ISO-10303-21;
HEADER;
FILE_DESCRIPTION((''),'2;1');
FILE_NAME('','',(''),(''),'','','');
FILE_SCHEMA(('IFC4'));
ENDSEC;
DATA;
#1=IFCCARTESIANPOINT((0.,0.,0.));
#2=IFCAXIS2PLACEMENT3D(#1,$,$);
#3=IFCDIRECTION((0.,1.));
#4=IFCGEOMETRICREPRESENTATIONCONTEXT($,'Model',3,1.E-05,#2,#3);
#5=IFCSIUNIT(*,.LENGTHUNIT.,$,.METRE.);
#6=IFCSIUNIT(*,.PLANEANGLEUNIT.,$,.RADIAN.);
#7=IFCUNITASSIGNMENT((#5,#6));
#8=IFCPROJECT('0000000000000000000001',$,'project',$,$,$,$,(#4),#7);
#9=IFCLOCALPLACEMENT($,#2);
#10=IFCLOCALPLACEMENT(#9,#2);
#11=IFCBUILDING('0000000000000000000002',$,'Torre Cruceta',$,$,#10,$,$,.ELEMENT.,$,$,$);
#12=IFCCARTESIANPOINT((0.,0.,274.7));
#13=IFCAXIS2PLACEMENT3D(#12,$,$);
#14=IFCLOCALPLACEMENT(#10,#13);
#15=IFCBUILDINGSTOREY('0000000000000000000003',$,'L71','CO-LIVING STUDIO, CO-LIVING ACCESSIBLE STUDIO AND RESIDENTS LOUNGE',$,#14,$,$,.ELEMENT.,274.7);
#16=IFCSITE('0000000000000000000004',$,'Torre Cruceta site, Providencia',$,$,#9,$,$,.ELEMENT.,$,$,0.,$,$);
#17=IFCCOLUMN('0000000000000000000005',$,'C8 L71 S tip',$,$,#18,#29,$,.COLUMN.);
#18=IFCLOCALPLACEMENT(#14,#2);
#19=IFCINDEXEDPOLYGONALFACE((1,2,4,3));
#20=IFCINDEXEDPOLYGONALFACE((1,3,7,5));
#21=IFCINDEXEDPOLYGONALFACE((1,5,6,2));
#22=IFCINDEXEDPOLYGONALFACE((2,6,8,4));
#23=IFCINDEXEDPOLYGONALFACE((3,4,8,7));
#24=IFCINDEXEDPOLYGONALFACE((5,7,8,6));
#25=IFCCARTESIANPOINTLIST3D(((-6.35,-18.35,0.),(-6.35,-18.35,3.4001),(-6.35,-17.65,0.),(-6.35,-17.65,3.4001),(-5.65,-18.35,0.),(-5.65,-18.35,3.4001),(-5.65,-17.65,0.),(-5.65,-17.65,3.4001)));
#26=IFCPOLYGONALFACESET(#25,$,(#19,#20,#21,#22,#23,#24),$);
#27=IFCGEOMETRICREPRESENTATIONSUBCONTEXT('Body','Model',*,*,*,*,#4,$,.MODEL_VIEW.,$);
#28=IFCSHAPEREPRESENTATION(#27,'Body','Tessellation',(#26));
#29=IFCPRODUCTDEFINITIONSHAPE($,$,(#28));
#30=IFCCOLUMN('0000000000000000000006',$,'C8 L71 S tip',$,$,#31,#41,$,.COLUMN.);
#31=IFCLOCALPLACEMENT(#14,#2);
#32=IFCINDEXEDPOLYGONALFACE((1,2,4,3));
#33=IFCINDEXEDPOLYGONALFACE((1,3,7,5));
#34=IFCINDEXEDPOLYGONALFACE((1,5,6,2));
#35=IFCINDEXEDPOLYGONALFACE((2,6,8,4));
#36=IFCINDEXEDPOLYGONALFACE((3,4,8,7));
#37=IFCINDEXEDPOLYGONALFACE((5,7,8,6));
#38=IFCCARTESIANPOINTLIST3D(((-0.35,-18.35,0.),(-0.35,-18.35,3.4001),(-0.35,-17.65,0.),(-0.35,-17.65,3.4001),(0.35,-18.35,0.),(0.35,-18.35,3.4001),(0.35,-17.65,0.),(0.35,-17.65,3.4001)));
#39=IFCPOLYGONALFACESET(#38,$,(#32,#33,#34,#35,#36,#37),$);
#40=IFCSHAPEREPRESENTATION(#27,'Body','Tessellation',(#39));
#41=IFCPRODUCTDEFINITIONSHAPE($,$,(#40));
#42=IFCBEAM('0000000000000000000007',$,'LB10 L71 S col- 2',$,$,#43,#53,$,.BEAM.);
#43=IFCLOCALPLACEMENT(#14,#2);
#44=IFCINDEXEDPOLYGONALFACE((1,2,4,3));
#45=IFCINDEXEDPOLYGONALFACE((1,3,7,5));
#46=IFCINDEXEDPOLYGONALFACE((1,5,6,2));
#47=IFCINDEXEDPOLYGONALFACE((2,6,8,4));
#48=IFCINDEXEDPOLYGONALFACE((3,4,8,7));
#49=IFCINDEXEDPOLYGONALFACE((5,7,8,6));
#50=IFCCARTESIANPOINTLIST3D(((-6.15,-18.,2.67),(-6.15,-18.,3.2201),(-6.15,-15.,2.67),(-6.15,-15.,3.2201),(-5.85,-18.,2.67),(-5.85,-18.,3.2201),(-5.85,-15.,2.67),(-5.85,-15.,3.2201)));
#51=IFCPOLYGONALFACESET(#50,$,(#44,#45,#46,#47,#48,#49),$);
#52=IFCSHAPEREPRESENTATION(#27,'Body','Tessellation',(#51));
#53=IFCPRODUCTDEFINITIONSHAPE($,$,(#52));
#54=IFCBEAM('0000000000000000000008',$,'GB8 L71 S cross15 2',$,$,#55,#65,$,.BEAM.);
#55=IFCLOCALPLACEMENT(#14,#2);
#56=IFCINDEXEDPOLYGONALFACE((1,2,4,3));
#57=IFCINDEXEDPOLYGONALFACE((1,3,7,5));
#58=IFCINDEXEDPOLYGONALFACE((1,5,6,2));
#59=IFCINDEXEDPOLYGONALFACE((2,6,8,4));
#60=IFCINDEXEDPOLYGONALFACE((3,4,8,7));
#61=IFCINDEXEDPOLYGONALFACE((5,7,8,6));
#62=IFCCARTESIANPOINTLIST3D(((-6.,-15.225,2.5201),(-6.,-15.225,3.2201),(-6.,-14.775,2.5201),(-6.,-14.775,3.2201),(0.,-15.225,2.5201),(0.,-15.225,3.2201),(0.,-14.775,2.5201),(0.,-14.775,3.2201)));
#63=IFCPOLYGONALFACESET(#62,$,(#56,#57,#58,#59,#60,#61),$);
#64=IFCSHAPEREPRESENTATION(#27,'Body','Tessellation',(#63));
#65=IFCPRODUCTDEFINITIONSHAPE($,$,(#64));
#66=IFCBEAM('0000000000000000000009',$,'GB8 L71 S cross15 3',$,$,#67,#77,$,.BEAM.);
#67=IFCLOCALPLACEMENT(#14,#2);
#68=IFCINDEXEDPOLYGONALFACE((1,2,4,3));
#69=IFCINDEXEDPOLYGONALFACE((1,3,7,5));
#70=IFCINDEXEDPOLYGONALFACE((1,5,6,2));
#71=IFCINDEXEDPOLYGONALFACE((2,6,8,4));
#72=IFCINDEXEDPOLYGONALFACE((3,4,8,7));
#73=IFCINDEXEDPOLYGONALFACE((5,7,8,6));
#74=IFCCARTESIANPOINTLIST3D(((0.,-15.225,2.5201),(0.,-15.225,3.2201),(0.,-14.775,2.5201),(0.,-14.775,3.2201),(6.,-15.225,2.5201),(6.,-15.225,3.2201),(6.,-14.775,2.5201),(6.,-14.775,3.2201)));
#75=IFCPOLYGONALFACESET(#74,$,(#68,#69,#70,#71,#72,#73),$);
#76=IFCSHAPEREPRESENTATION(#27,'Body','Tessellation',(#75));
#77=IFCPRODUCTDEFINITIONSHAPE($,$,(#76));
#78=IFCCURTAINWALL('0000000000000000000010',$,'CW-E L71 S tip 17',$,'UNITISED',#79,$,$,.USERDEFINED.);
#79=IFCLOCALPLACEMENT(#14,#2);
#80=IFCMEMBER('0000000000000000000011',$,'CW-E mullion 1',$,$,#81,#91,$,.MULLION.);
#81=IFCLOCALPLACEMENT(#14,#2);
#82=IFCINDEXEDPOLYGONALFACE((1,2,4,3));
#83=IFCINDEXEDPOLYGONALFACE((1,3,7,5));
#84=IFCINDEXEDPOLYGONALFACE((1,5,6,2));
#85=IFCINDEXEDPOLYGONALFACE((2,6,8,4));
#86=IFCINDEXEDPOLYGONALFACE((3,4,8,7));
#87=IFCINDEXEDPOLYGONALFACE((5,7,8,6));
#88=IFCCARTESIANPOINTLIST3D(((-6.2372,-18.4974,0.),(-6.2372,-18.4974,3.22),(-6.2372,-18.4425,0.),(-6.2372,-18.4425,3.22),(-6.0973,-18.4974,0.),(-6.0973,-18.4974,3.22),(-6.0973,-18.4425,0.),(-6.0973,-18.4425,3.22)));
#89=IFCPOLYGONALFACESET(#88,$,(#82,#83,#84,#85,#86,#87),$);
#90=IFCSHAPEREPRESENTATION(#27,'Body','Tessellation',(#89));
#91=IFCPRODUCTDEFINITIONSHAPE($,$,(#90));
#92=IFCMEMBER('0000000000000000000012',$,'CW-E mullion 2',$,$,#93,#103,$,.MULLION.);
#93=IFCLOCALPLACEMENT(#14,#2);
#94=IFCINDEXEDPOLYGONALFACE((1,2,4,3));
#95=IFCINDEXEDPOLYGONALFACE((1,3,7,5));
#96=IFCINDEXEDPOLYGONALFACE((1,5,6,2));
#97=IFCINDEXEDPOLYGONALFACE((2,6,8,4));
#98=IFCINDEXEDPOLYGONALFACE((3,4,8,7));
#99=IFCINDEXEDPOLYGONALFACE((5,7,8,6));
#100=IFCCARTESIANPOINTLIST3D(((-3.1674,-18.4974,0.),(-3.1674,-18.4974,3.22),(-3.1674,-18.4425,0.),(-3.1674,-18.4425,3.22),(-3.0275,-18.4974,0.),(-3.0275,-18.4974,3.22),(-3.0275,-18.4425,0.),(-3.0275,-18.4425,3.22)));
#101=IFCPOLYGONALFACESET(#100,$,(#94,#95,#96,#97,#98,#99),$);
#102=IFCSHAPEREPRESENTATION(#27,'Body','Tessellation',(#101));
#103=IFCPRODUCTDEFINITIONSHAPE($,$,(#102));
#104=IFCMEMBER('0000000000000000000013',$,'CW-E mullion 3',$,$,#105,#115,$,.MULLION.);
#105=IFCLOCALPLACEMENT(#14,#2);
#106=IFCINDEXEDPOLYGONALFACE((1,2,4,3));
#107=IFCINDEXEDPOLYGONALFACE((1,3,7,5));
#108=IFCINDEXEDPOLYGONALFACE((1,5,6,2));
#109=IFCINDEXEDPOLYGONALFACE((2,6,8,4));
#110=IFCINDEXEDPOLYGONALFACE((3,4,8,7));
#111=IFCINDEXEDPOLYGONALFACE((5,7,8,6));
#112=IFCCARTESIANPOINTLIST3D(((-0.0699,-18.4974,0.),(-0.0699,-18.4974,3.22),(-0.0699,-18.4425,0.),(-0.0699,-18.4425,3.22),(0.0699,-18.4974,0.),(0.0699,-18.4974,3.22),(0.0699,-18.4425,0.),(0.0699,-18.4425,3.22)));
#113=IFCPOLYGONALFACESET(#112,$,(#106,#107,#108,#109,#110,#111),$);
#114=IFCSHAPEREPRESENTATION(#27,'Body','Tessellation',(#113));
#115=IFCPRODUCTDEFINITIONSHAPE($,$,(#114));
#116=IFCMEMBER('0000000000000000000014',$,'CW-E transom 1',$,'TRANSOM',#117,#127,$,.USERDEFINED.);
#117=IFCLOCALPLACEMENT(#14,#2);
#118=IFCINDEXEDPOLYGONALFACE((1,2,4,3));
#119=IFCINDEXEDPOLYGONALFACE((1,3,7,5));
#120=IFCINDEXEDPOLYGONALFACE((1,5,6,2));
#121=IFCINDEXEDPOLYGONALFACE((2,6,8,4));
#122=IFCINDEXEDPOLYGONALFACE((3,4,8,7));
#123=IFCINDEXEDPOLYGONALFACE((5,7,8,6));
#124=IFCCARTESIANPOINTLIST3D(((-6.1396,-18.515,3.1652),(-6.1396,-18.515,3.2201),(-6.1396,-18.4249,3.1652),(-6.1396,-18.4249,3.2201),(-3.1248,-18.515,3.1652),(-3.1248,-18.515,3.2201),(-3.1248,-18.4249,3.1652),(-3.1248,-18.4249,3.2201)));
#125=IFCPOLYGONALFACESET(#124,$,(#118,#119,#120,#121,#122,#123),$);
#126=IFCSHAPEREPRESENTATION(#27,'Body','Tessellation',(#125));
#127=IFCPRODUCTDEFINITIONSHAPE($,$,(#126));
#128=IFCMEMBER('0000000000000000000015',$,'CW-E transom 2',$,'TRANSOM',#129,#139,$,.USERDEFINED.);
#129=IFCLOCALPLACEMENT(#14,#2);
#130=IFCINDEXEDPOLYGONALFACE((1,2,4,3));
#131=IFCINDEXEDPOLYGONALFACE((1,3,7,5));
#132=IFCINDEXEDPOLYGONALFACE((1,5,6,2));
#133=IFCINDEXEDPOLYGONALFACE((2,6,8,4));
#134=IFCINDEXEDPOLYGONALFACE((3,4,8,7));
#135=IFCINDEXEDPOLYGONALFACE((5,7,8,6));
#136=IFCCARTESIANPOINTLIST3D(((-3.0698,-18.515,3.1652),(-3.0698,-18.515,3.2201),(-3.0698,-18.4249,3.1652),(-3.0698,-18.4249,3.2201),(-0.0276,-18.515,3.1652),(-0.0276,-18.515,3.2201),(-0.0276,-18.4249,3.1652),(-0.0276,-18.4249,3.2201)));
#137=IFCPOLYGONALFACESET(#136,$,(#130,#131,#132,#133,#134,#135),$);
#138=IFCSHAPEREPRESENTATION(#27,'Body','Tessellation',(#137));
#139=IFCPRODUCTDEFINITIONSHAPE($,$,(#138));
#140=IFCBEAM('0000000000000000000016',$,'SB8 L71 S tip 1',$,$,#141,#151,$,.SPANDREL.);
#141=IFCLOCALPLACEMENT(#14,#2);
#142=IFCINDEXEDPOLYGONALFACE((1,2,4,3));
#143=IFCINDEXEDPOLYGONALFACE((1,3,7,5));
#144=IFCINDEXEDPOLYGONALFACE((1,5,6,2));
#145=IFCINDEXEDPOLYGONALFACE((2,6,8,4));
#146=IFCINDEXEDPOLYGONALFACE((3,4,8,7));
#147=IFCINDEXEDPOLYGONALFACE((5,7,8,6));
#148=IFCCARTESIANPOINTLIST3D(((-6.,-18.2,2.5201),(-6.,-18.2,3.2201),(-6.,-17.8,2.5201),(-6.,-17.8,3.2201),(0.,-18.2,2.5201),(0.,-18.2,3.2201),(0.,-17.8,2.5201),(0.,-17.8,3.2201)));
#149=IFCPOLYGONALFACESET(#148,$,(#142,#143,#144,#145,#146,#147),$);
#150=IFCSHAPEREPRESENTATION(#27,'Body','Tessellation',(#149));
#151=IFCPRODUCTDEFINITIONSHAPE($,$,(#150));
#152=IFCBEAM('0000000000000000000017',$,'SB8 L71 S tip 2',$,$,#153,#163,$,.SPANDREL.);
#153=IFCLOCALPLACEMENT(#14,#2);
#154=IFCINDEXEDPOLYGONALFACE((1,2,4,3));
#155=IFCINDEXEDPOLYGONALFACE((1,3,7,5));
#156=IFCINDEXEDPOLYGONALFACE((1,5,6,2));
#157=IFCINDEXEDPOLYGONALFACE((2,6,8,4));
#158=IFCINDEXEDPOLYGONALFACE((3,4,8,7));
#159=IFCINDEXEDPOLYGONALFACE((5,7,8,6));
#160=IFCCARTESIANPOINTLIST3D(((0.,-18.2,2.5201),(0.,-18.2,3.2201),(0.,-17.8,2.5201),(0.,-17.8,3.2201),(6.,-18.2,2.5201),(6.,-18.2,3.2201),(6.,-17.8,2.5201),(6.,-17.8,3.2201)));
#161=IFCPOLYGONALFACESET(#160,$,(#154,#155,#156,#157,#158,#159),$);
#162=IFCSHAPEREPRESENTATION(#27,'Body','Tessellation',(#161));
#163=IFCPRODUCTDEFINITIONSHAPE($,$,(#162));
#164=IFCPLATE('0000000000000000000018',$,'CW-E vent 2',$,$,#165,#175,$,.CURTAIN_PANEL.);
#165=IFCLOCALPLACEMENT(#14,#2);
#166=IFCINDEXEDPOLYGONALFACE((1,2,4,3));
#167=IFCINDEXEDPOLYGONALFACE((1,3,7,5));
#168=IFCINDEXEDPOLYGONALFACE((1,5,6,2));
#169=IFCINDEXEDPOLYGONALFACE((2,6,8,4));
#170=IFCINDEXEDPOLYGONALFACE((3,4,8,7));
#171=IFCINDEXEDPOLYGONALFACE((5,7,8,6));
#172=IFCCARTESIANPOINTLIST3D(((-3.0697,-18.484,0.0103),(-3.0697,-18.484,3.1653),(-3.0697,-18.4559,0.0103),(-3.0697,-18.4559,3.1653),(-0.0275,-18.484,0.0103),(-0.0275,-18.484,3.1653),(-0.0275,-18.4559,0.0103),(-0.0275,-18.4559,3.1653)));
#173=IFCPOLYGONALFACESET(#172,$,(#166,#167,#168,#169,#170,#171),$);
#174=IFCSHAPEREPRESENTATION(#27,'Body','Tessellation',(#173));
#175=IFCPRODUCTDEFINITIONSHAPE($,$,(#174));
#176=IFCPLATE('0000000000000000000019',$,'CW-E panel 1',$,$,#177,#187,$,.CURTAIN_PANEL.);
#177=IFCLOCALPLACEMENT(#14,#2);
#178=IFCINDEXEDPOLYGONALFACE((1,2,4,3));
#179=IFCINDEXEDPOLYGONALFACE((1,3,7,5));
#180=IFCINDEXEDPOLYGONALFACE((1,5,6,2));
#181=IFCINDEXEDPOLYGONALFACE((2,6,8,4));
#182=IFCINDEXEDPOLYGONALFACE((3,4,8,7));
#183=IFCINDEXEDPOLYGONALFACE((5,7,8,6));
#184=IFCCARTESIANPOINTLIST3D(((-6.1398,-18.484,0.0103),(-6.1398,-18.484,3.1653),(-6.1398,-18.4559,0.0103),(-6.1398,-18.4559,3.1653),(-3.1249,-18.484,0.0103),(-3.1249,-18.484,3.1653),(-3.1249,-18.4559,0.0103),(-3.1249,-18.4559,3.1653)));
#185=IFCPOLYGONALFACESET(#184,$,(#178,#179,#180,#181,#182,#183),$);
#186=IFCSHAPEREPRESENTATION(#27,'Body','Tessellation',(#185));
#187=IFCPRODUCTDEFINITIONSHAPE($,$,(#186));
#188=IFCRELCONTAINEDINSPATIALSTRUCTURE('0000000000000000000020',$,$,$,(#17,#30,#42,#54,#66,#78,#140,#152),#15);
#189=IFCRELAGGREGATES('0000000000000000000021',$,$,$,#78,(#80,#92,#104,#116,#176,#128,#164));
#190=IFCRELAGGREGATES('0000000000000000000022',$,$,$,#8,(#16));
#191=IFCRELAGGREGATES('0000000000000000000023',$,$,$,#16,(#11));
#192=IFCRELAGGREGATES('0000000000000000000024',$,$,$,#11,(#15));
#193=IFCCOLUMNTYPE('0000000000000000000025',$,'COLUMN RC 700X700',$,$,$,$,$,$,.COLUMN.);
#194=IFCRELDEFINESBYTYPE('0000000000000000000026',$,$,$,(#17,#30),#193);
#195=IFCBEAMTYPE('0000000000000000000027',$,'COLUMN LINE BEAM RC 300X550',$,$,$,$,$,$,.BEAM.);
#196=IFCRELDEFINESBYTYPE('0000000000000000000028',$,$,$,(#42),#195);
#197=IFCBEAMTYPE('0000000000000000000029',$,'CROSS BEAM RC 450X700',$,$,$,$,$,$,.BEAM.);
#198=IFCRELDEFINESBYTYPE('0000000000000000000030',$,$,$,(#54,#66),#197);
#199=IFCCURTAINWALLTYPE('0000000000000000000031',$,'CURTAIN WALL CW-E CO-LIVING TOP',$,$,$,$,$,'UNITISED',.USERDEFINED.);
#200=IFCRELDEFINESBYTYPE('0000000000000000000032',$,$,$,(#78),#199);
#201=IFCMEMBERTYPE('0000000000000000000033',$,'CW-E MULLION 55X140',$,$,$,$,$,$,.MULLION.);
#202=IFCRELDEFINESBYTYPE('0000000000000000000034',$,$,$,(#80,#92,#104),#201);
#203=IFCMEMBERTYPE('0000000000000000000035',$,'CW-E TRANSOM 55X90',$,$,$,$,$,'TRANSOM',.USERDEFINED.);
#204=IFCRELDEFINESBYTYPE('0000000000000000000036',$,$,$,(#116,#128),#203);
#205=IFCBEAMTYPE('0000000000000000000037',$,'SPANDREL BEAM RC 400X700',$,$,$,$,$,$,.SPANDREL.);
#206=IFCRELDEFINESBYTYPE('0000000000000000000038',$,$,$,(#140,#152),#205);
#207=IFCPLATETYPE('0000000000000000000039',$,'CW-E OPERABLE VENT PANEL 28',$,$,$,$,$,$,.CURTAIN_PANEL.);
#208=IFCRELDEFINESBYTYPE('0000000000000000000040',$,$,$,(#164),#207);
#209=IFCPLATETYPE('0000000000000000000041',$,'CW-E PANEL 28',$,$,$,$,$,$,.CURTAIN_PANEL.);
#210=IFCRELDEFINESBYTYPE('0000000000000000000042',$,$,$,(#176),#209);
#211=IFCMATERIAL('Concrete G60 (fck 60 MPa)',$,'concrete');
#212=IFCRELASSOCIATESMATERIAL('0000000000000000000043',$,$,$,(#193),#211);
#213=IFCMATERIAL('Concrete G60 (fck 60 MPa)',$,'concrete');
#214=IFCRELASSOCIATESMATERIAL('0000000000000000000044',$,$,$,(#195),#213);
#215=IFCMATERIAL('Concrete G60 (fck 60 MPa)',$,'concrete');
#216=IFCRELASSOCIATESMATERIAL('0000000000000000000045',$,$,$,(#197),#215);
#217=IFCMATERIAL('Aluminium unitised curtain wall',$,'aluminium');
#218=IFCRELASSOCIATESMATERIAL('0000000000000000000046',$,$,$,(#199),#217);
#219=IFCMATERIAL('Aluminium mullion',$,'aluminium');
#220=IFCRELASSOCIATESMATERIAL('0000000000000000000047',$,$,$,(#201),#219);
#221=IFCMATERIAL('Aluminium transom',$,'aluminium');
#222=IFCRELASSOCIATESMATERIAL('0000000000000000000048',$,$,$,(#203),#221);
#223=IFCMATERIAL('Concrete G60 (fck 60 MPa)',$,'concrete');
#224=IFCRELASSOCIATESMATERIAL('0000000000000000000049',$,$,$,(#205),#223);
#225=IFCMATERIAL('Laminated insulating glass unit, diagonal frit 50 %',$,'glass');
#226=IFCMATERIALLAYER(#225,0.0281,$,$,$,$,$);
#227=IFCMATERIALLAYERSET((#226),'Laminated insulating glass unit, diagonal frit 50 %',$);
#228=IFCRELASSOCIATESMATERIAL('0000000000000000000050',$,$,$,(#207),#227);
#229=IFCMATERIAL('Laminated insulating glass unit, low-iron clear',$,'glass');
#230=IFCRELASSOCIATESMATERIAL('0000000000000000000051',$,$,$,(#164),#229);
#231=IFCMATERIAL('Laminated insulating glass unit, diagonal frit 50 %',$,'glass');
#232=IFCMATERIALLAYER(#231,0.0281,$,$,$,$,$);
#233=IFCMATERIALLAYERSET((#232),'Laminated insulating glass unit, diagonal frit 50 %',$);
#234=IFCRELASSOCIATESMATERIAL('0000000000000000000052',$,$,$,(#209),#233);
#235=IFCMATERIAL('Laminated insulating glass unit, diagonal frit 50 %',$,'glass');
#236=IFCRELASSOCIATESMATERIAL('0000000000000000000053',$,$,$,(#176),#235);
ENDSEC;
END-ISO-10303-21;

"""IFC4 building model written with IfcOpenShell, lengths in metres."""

from ifc_helpers import new_model, si_unit, direction, frame, origin, origin_2d, place, context, subcontext, project, spatial, rectangle, extrude, material, layer, layer_set, material_profile, profile_set, type_object, element, aggregate, save


model = new_model("IFC4")

# Units and contexts
model_context = context("Model", 3, precision=1e-05, world=origin(), true_north=direction((0.0, 1.0)))
body_context = subcontext(model_context, "Body", "Model", "MODEL_VIEW")
ifc_project = project(units=[si_unit("LENGTHUNIT", "METRE"), si_unit("PLANEANGLEUNIT", "RADIAN")], contexts=[model_context])

# Site, building, storey
site_placement = place(None, origin())
site = spatial("IfcSite", under=ifc_project, at=site_placement, Name="Torre Cruceta site, Providencia", CompositionType="ELEMENT", RefElevation=0.0)
building_placement = place(site_placement, origin())
building = spatial("IfcBuilding", under=site, at=building_placement, Name="Torre Cruceta", CompositionType="ELEMENT")
storey_placement = place(building_placement, frame((0.0, 0.0, 274.7)))
storey = spatial("IfcBuildingStorey", under=building, at=storey_placement, Name="L71", Description="CO-LIVING STUDIO, CO-LIVING ACCESSIBLE STUDIO AND RESIDENTS LOUNGE", CompositionType="ELEMENT", Elevation=274.7)

# Columns
ifc_material_1 = material(Name="Concrete G60 (fck 60 MPa)", Category="concrete")
ifc_material_profile_1 = material_profile(ifc_material_1, rectangle(XDim=0.7, YDim=0.7, at=origin_2d()), Name="RC 700X700")
ifc_profile_set_1 = profile_set([ifc_material_profile_1], Name="Concrete G60 (fck 60 MPa)")
column_type = type_object("IfcColumnType", Name="COLUMN RC 700X700", PredefinedType="COLUMN", material=ifc_profile_set_1)
for number, where, z_axis, x_axis, name in (
    (1, (-6.0, -18.0, 0.0), (0.0, 0.0, 1.0), (1.0, 0.0, 0.0), "C8 L71 S tip"),
    (2, (0.0, -18.0, 0.0), (0.0, 0.0, 1.0), (1.0, 0.0, 0.0), "C8 L71 S tip"),
):
    element("IfcColumn", number, at=place(storey_placement, frame(where, z_axis=z_axis, x_axis=x_axis)), inside=storey, type_object=column_type, Name=name, PredefinedType="COLUMN", context=body_context, shape_type="SweptSolid", body=[
        extrude(rectangle(XDim=0.7, YDim=0.7, at=origin_2d()), origin(), (0.0, 0.0, 1.0), 3.4001),
    ])

# Beams
ifc_material_2 = material(Name="Concrete G60 (fck 60 MPa)", Category="concrete")
ifc_material_profile_2 = material_profile(ifc_material_2, rectangle(XDim=0.3, YDim=0.55, at=origin_2d()), Name="RC 300X550")
ifc_profile_set_2 = profile_set([ifc_material_profile_2], Name="Concrete G60 (fck 60 MPa)")
beam_type_1 = type_object("IfcBeamType", Name="COLUMN LINE BEAM RC 300X550", PredefinedType="BEAM", material=ifc_profile_set_2)
beam_placement = place(storey_placement, frame((-6.0, -15.0, 2.9451), z_axis=(0.0, -1.0, 0.0), x_axis=(1.0, 0.0, 0.0)))
element("IfcBeam", 3, at=beam_placement, inside=storey, type_object=beam_type_1, Name="LB10 L71 S col- 2", PredefinedType="BEAM", context=body_context, shape_type="SweptSolid", body=[
    extrude(rectangle(XDim=0.3, YDim=0.55, at=origin_2d()), origin(), (0.0, 0.0, 1.0), 3.0),
])
ifc_material_3 = material(Name="Concrete G60 (fck 60 MPa)", Category="concrete")
ifc_material_profile_3 = material_profile(ifc_material_3, rectangle(XDim=0.45, YDim=0.7, at=origin_2d()), Name="RC 450X700")
ifc_profile_set_3 = profile_set([ifc_material_profile_3], Name="Concrete G60 (fck 60 MPa)")
beam_type_2 = type_object("IfcBeamType", Name="CROSS BEAM RC 450X700", PredefinedType="BEAM", material=ifc_profile_set_3)
for number, where, z_axis, x_axis, name in (
    (4, (-6.0, -15.0, 2.8701), (1.0, 0.0, 0.0), (0.0, 1.0, 0.0), "GB8 L71 S cross15 2"),
    (5, (0.0, -15.0, 2.8701), (1.0, 0.0, 0.0), (0.0, 1.0, 0.0), "GB8 L71 S cross15 3"),
):
    element("IfcBeam", number, at=place(storey_placement, frame(where, z_axis=z_axis, x_axis=x_axis)), inside=storey, type_object=beam_type_2, Name=name, PredefinedType="BEAM", context=body_context, shape_type="SweptSolid", body=[
        extrude(rectangle(XDim=0.45, YDim=0.7, at=origin_2d()), origin(), (0.0, 0.0, 1.0), 6.0),
    ])

# Curtain wall, members
ifc_material_4 = material(Name="Aluminium unitised curtain wall", Category="aluminium")
curtain_wall_type = type_object("IfcCurtainWallType", Name="CURTAIN WALL CW-E CO-LIVING TOP", ElementType="UNITISED", PredefinedType="USERDEFINED", material=ifc_material_4)
curtain_wall_placement = place(storey_placement, origin())
curtain_wall = element("IfcCurtainWall", 6, at=curtain_wall_placement, inside=storey, type_object=curtain_wall_type, Name="CW-E L71 S tip 17", ObjectType="UNITISED", PredefinedType="USERDEFINED")
ifc_material_5 = material(Name="Aluminium mullion", Category="aluminium")
ifc_material_profile_4 = material_profile(ifc_material_5, rectangle(XDim=0.0549, YDim=0.1399, at=origin_2d()), Name="AL 55X140")
ifc_profile_set_4 = profile_set([ifc_material_profile_4], Name="Aluminium mullion")
member_type_1 = type_object("IfcMemberType", Name="CW-E MULLION 55X140", PredefinedType="MULLION", material=ifc_profile_set_4)
member_1_placement = place(storey_placement, frame((-6.1672, -18.47, 0.0), z_axis=(0.0, 0.0, 1.0), x_axis=(0.0, 1.0, 0.0)))
member_1 = element("IfcMember", 7, at=member_1_placement, type_object=member_type_1, Name="CW-E mullion 1", PredefinedType="MULLION", context=body_context, shape_type="SweptSolid", body=[
    extrude(rectangle(XDim=0.0549, YDim=0.1399, at=origin_2d()), origin(), (0.0, 0.0, 1.0), 3.22),
])
member_2_placement = place(storey_placement, frame((-3.0974, -18.47, 0.0), z_axis=(0.0, 0.0, 1.0), x_axis=(0.0, 1.0, 0.0)))
member_2 = element("IfcMember", 8, at=member_2_placement, type_object=member_type_1, Name="CW-E mullion 2", PredefinedType="MULLION", context=body_context, shape_type="SweptSolid", body=[
    extrude(rectangle(XDim=0.0549, YDim=0.1399, at=origin_2d()), origin(), (0.0, 0.0, 1.0), 3.22),
])
member_3_placement = place(storey_placement, frame((0.0, -18.47, 0.0), z_axis=(0.0, 0.0, 1.0), x_axis=(0.0, 1.0, 0.0)))
member_3 = element("IfcMember", 9, at=member_3_placement, type_object=member_type_1, Name="CW-E mullion 3", PredefinedType="MULLION", context=body_context, shape_type="SweptSolid", body=[
    extrude(rectangle(XDim=0.0549, YDim=0.1399, at=origin_2d()), origin(), (0.0, 0.0, 1.0), 3.22),
])
ifc_material_6 = material(Name="Aluminium transom", Category="aluminium")
ifc_material_profile_5 = material_profile(ifc_material_6, rectangle(XDim=0.0901, YDim=0.0549, at=origin_2d()), Name="AL 90X55")
ifc_profile_set_5 = profile_set([ifc_material_profile_5], Name="Aluminium transom")
member_type_2 = type_object("IfcMemberType", Name="CW-E TRANSOM 55X90", ElementType="TRANSOM", PredefinedType="USERDEFINED", material=ifc_profile_set_5)
member_4_placement = place(storey_placement, frame((-6.1396, -18.47, 3.1926), z_axis=(1.0, 0.0, 0.0), x_axis=(0.0, 1.0, 0.0)))
member_4 = element("IfcMember", 10, at=member_4_placement, type_object=member_type_2, Name="CW-E transom 1", ObjectType="TRANSOM", PredefinedType="USERDEFINED", context=body_context, shape_type="SweptSolid", body=[
    extrude(rectangle(XDim=0.0901, YDim=0.0549, at=origin_2d()), origin(), (0.0, 0.0, 1.0), 3.0149),
])
member_5_placement = place(storey_placement, frame((-3.0698, -18.47, 3.1926), z_axis=(1.0, 0.0, 0.0), x_axis=(0.0, 1.0, 0.0)))
member_5 = element("IfcMember", 11, at=member_5_placement, type_object=member_type_2, Name="CW-E transom 2", ObjectType="TRANSOM", PredefinedType="USERDEFINED", context=body_context, shape_type="SweptSolid", body=[
    extrude(rectangle(XDim=0.0901, YDim=0.0549, at=origin_2d()), origin(), (0.0, 0.0, 1.0), 3.0422),
])

# Beams
ifc_material_7 = material(Name="Concrete G60 (fck 60 MPa)", Category="concrete")
ifc_material_profile_6 = material_profile(ifc_material_7, rectangle(XDim=0.3999, YDim=0.7, at=origin_2d()), Name="RC 400X700")
ifc_profile_set_6 = profile_set([ifc_material_profile_6], Name="Concrete G60 (fck 60 MPa)")
beam_type_3 = type_object("IfcBeamType", Name="SPANDREL BEAM RC 400X700", PredefinedType="SPANDREL", material=ifc_profile_set_6)
for number, where, z_axis, x_axis, name in (
    (12, (-6.0, -18.0, 2.8701), (1.0, 0.0, 0.0), (0.0, 1.0, 0.0), "SB8 L71 S tip 1"),
    (13, (0.0, -18.0, 2.8701), (1.0, 0.0, 0.0), (0.0, 1.0, 0.0), "SB8 L71 S tip 2"),
):
    element("IfcBeam", number, at=place(storey_placement, frame(where, z_axis=z_axis, x_axis=x_axis)), inside=storey, type_object=beam_type_3, Name=name, PredefinedType="SPANDREL", context=body_context, shape_type="SweptSolid", body=[
        extrude(rectangle(XDim=0.3999, YDim=0.7, at=origin_2d()), origin(), (0.0, 0.0, 1.0), 6.0),
    ])

# Plates
ifc_material_8 = material(Name="Laminated insulating glass unit, low-iron clear", Category="glass")
ifc_material_9 = material(Name="Laminated insulating glass unit, diagonal frit 50 %", Category="glass")
ifc_layer_1 = layer(ifc_material_9, 0.0281)
ifc_layer_set_1 = layer_set([ifc_layer_1], Name="Laminated insulating glass unit, diagonal frit 50 %")
plate_type_1 = type_object("IfcPlateType", Name="CW-E OPERABLE VENT PANEL 28", PredefinedType="CURTAIN_PANEL", material=ifc_layer_set_1)
plate_1_placement = place(storey_placement, frame((-1.5486, -18.47, 0.0103), z_axis=(0.0, 0.0, 1.0), x_axis=(1.0, 0.0, 0.0)))
plate_1 = element("IfcPlate", 14, at=plate_1_placement, type_object=plate_type_1, material=ifc_material_8, Name="CW-E vent 2", PredefinedType="CURTAIN_PANEL", context=body_context, shape_type="SweptSolid", body=[
    extrude(rectangle(XDim=3.0422, YDim=0.0281, at=origin_2d()), origin(), (0.0, 0.0, 1.0), 3.155),
])
ifc_material_10 = material(Name="Laminated insulating glass unit, diagonal frit 50 %", Category="glass")
ifc_material_11 = material(Name="Laminated insulating glass unit, diagonal frit 50 %", Category="glass")
ifc_layer_2 = layer(ifc_material_11, 0.0281)
ifc_layer_set_2 = layer_set([ifc_layer_2], Name="Laminated insulating glass unit, diagonal frit 50 %")
plate_type_2 = type_object("IfcPlateType", Name="CW-E PANEL 28", PredefinedType="CURTAIN_PANEL", material=ifc_layer_set_2)
plate_2_placement = place(storey_placement, frame((-4.6323, -18.47, 0.0103), z_axis=(0.0, 0.0, 1.0), x_axis=(1.0, 0.0, 0.0)))
plate_2 = element("IfcPlate", 15, at=plate_2_placement, type_object=plate_type_2, material=ifc_material_10, Name="CW-E panel 1", PredefinedType="CURTAIN_PANEL", context=body_context, shape_type="SweptSolid", body=[
    extrude(rectangle(XDim=3.0149, YDim=0.0281, at=origin_2d()), origin(), (0.0, 0.0, 1.0), 3.155),
])
aggregate(curtain_wall, [member_1, member_2, member_3, member_4, plate_2, member_5, plate_1])

save(model, "model.ifc")
